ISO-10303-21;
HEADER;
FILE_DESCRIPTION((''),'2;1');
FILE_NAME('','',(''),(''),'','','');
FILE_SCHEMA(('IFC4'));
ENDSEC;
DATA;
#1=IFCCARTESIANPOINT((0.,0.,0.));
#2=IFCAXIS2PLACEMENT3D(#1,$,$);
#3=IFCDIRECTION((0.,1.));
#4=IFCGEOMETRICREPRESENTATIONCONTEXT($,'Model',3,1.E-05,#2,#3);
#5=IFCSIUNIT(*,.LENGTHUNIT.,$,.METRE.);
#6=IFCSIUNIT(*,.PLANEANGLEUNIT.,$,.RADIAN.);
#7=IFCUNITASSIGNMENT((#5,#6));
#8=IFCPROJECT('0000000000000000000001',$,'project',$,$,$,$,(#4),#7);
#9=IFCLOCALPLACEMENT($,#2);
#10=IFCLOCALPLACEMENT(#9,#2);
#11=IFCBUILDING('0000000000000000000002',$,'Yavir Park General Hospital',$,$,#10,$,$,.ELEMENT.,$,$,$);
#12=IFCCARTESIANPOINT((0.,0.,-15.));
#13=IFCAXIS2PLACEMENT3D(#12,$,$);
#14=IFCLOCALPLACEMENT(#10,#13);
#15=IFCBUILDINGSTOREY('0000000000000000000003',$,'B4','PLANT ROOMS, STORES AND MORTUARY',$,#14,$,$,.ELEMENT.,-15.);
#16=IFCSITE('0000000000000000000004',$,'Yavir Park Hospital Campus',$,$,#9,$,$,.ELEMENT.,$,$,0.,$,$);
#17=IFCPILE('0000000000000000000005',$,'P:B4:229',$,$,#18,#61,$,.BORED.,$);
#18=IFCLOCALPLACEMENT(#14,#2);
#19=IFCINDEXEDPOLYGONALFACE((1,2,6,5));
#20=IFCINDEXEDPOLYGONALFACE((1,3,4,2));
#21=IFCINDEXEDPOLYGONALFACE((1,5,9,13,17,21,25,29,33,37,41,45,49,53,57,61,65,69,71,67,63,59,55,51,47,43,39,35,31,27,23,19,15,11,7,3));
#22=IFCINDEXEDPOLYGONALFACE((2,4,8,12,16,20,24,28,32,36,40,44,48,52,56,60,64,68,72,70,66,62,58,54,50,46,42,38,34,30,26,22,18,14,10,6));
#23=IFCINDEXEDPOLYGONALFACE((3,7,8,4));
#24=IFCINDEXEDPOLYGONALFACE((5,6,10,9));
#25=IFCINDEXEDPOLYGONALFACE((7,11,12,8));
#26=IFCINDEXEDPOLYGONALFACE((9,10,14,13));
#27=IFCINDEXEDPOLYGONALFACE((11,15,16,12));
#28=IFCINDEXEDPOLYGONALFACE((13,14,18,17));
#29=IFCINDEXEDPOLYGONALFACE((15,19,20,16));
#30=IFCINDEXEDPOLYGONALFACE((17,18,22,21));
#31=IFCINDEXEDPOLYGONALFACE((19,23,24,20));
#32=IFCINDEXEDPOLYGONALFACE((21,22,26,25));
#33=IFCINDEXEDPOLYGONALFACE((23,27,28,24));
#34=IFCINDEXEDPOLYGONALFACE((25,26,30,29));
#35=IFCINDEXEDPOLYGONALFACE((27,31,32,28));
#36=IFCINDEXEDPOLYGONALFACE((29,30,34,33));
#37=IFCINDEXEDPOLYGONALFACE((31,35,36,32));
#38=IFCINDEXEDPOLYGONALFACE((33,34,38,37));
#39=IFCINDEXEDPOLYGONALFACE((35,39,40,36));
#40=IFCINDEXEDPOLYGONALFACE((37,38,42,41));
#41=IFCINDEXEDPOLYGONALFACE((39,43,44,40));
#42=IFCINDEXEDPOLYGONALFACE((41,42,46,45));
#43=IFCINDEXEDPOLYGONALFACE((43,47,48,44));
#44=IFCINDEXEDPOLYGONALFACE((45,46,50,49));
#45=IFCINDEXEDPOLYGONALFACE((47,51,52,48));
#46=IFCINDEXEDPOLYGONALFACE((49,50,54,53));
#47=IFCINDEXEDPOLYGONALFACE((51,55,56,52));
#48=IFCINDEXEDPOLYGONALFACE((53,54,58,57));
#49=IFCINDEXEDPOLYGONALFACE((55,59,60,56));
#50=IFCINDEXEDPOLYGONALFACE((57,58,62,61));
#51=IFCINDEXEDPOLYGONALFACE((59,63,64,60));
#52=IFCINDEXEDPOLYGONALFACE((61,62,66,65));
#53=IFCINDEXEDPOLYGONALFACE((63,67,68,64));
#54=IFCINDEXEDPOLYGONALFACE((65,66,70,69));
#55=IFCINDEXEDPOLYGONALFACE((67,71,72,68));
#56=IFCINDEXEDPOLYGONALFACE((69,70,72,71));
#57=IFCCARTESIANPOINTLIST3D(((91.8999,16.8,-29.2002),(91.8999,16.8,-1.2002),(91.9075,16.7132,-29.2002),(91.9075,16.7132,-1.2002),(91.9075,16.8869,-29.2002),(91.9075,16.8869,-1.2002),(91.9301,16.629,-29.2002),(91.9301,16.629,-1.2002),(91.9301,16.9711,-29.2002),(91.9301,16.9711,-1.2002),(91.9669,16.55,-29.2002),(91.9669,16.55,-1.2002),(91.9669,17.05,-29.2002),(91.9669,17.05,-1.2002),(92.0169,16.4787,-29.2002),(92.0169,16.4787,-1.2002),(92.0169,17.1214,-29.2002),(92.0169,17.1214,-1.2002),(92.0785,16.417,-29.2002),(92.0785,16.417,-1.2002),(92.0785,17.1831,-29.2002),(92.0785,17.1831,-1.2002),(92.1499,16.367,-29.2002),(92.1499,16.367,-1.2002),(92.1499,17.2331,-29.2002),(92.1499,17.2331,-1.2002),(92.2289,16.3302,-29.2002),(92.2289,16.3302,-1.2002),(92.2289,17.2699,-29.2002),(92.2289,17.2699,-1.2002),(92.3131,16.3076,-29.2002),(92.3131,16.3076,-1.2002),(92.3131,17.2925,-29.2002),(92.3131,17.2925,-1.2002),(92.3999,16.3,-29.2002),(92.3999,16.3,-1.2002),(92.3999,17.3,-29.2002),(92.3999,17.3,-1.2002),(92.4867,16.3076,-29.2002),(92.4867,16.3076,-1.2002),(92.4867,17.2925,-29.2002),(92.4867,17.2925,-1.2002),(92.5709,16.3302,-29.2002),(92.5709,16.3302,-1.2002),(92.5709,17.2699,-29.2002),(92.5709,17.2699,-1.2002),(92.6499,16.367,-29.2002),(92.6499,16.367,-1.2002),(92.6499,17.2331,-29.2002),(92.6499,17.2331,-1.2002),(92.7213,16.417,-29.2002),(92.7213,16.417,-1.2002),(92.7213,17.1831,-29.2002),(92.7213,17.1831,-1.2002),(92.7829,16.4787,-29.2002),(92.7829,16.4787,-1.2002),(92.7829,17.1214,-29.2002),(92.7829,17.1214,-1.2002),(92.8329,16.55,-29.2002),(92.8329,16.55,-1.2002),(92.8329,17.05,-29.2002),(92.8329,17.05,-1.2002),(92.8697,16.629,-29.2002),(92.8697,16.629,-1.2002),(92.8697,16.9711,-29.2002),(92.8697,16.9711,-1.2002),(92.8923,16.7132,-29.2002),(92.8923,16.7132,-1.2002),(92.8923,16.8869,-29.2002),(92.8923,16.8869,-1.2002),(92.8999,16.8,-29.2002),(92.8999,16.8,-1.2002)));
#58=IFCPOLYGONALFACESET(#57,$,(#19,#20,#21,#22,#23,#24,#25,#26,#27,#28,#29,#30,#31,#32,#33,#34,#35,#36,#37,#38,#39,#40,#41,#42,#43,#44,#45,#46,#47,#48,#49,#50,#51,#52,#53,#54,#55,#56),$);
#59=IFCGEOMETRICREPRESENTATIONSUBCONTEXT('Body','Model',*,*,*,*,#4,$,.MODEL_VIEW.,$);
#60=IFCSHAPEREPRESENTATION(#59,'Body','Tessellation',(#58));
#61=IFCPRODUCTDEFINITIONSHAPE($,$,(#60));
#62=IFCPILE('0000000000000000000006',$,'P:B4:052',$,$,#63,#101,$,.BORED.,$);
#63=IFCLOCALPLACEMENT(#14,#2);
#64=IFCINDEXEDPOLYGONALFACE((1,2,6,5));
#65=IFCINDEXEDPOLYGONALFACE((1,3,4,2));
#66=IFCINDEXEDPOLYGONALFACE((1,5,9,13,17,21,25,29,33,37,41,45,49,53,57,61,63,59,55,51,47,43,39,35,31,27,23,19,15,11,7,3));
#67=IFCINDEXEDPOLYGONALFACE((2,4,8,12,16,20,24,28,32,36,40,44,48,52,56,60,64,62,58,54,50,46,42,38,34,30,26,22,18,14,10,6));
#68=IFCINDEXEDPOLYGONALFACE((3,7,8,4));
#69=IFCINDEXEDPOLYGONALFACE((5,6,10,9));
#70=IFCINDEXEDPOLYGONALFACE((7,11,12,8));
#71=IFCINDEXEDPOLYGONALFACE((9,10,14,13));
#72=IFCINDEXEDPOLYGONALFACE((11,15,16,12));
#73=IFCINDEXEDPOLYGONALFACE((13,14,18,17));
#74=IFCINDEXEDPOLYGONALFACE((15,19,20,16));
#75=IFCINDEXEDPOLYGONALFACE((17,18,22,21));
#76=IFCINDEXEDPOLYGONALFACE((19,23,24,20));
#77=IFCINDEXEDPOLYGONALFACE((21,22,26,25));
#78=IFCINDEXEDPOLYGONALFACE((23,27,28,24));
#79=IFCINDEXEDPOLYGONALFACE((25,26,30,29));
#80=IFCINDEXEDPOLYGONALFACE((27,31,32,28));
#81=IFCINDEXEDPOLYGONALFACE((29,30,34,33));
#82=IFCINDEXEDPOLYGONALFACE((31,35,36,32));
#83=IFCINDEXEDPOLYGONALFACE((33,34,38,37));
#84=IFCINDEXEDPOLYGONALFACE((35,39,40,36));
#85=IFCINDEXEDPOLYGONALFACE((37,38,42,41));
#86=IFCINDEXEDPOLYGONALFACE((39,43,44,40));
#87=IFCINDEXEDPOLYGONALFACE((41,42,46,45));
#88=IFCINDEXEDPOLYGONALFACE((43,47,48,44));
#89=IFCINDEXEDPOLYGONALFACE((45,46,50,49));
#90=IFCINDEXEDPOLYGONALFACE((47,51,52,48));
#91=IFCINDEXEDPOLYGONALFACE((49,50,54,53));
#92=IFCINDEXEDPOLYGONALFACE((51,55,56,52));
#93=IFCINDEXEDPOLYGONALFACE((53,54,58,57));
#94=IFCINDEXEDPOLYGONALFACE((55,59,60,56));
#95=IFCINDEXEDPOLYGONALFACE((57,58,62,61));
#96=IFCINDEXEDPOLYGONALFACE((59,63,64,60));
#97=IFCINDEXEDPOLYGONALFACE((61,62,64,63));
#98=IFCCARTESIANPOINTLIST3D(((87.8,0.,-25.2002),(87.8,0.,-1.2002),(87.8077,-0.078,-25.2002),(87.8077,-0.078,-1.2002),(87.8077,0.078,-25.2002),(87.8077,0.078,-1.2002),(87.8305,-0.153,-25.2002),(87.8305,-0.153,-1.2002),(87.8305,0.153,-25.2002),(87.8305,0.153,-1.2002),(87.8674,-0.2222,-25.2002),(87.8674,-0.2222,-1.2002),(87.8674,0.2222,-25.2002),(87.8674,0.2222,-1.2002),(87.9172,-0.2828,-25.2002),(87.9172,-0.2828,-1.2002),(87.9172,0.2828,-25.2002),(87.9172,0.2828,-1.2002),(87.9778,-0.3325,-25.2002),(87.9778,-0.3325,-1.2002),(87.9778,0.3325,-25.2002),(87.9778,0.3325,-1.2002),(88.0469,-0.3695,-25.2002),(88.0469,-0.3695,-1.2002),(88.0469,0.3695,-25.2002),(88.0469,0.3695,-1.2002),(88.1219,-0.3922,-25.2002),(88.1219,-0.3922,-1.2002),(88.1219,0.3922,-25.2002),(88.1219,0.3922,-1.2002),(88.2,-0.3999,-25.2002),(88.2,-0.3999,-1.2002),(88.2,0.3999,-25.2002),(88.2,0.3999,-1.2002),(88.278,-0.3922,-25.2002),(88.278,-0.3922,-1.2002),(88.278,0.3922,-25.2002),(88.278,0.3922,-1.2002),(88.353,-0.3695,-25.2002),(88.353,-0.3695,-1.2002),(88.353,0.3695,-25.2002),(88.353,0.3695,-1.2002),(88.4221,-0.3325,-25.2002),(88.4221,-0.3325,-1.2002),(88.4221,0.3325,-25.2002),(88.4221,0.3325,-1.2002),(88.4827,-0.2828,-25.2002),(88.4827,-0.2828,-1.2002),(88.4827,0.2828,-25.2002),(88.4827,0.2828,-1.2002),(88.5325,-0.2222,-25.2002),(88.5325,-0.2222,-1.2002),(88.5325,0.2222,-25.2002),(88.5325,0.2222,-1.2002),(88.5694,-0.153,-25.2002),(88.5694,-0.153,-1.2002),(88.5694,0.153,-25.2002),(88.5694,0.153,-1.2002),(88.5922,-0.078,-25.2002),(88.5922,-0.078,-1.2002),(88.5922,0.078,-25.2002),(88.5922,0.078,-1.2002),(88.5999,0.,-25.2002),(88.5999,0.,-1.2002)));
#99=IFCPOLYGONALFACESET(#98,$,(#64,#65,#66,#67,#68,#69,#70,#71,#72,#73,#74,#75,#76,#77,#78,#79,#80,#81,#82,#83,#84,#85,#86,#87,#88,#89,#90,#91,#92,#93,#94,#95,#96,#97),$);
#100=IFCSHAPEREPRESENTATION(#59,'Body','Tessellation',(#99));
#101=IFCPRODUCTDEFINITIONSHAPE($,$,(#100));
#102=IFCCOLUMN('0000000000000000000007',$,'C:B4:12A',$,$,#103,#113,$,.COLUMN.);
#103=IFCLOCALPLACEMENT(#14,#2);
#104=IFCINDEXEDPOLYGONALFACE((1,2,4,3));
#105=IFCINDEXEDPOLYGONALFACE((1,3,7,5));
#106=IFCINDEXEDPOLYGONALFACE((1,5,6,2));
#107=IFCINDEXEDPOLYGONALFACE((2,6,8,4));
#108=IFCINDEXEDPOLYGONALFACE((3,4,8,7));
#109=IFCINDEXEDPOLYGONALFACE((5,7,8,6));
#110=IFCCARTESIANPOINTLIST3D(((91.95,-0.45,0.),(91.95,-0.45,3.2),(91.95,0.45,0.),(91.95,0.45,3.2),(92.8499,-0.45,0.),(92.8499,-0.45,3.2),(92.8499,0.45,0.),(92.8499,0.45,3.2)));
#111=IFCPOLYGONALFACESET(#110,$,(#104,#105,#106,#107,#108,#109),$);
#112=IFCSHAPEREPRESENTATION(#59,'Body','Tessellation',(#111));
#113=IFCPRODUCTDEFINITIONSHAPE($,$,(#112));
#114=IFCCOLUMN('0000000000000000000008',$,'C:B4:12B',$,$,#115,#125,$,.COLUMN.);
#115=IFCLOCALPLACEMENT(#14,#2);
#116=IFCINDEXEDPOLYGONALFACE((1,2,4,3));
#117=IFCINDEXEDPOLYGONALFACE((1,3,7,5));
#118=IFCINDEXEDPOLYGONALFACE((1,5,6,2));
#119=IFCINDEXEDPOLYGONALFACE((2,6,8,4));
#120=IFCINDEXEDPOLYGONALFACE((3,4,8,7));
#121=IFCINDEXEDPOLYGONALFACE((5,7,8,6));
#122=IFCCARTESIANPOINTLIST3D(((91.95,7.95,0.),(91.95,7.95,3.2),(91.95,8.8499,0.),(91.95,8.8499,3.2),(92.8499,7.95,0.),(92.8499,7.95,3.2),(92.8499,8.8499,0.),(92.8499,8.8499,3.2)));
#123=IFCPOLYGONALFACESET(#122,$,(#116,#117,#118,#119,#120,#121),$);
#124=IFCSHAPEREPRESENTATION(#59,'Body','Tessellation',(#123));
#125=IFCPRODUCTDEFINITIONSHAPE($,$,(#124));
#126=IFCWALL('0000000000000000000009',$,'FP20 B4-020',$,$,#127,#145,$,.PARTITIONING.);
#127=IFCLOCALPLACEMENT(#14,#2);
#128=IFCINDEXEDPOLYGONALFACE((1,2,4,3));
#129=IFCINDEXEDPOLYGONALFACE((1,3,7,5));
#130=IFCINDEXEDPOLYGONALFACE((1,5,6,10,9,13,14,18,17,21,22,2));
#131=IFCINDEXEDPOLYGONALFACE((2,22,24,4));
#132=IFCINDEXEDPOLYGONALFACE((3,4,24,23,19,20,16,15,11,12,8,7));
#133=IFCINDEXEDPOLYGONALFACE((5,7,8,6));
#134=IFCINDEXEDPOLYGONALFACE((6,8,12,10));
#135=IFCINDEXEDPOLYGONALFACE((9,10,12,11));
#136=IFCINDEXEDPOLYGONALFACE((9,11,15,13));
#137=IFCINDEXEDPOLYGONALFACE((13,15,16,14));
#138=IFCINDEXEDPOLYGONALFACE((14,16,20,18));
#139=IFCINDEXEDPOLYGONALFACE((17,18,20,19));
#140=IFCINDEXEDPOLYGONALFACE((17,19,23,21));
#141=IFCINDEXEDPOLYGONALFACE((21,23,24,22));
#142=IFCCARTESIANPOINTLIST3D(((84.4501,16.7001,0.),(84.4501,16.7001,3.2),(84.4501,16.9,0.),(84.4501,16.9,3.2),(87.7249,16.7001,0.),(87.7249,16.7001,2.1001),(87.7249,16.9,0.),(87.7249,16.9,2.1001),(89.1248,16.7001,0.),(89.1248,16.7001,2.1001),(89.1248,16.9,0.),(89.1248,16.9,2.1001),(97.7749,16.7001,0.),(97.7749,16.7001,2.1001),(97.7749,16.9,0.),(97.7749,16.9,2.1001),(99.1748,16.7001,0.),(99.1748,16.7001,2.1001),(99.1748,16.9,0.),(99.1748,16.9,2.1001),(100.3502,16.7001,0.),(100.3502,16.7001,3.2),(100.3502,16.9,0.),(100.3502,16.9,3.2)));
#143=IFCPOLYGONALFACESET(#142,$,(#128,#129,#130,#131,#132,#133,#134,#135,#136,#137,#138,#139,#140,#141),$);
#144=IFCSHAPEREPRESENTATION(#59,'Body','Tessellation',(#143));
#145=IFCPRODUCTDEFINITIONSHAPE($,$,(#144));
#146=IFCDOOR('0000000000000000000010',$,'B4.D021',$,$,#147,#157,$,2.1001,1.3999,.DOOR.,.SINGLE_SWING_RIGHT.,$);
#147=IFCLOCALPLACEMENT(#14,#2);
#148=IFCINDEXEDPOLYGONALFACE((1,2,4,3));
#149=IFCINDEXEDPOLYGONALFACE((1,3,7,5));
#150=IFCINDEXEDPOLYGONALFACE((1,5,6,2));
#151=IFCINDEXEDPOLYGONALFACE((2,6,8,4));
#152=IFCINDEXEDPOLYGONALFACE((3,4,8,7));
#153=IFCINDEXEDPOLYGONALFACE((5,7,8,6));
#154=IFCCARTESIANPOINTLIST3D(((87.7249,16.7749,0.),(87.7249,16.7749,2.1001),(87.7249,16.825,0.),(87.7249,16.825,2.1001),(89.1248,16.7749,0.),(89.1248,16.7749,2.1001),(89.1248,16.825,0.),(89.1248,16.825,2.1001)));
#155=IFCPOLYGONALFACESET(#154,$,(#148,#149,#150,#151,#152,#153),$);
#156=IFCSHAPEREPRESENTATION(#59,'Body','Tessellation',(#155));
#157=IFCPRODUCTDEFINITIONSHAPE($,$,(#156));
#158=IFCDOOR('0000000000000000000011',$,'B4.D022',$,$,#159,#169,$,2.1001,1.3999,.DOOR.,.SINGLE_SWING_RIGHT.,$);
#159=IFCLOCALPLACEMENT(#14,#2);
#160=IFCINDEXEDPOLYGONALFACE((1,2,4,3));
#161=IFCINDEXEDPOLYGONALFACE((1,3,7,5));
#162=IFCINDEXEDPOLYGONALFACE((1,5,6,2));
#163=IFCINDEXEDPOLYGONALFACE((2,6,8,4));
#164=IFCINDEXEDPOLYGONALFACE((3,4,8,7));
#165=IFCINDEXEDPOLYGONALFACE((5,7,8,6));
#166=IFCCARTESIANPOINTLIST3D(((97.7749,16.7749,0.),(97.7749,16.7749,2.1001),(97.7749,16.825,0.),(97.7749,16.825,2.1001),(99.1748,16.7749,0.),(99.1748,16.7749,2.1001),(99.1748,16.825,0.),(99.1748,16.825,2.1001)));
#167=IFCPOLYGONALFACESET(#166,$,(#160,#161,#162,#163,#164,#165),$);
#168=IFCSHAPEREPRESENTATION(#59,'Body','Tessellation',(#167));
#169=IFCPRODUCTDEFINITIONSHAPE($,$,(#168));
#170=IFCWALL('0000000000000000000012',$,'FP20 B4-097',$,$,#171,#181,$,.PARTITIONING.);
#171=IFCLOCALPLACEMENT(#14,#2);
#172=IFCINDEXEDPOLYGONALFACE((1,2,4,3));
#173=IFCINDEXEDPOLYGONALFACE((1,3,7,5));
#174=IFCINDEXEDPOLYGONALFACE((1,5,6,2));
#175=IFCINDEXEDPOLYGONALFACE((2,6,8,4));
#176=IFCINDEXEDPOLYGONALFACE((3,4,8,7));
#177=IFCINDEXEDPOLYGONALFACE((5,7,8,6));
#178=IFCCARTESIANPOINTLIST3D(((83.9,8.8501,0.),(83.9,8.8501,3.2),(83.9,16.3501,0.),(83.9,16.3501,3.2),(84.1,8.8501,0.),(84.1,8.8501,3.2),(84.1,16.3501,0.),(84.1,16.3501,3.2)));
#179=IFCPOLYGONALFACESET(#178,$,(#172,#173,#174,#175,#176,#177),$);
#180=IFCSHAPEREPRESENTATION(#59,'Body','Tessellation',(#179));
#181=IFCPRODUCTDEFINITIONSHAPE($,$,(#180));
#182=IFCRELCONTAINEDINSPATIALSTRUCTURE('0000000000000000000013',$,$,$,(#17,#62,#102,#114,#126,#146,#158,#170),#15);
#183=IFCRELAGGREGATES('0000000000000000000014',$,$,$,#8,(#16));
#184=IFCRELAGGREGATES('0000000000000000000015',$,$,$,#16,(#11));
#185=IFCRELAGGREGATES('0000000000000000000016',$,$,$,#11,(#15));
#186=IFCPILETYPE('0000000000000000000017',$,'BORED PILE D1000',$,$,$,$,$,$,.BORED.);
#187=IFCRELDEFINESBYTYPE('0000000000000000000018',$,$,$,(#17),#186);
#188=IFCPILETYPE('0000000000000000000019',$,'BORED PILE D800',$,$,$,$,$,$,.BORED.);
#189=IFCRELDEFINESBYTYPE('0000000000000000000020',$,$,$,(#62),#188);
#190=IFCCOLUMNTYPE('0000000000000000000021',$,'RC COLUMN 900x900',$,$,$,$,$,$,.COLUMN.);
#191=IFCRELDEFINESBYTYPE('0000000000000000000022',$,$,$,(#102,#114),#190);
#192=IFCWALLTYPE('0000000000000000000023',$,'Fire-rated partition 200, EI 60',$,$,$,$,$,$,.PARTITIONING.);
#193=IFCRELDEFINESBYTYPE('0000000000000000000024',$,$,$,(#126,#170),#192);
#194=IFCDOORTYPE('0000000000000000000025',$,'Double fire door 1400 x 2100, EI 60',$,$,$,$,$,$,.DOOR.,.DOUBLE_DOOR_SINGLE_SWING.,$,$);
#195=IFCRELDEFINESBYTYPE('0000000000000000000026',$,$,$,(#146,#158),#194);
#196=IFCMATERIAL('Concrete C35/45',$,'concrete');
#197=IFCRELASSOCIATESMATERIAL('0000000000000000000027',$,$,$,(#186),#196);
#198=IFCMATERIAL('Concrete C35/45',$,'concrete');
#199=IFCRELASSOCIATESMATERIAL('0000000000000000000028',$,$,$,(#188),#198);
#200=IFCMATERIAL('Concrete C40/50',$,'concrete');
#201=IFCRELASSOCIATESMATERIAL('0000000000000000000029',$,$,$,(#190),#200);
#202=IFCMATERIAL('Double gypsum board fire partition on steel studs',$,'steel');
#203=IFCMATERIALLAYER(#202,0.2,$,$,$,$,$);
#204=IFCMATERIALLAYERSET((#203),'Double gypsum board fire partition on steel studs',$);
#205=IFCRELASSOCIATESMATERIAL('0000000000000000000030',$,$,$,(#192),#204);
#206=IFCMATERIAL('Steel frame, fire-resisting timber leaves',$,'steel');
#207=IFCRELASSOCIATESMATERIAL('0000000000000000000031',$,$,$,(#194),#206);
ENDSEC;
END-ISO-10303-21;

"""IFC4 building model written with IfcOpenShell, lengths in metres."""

from ifc_helpers import new_model, si_unit, direction, frame, frame_2d, origin, origin_2d, place, context, subcontext, project, spatial, rectangle, circle, extrude, material, layer, layer_set, material_profile, profile_set, type_object, element, fill, save


model = new_model("IFC4")

# Units and contexts
model_context = context("Model", 3, precision=1e-05, world=origin(), true_north=direction((0.0, 1.0)))
body_context = subcontext(model_context, "Body", "Model", "MODEL_VIEW")
ifc_project = project(units=[si_unit("LENGTHUNIT", "METRE"), si_unit("PLANEANGLEUNIT", "RADIAN")], contexts=[model_context])

# Site, building, storey
site_placement = place(None, origin())
site = spatial("IfcSite", under=ifc_project, at=site_placement, Name="Yavir Park Hospital Campus", CompositionType="ELEMENT", RefElevation=0.0)
building_placement = place(site_placement, origin())
building = spatial("IfcBuilding", under=site, at=building_placement, Name="Yavir Park General Hospital", CompositionType="ELEMENT")
storey_placement = place(building_placement, frame((0.0, 0.0, -15.0)))
storey = spatial("IfcBuildingStorey", under=building, at=storey_placement, Name="B4", Description="PLANT ROOMS, STORES AND MORTUARY", CompositionType="ELEMENT", Elevation=-15.0)

# Piles
ifc_material_1 = material(Name="Concrete C35/45", Category="concrete")
ifc_material_profile_1 = material_profile(ifc_material_1, circle(Radius=0.5, at=origin_2d()), Name="D1000")
ifc_profile_set_1 = profile_set([ifc_material_profile_1], Name="Concrete C35/45")
pile_type_1 = type_object("IfcPileType", Name="BORED PILE D1000", PredefinedType="BORED", material=ifc_profile_set_1)
for number, where, z_axis, x_axis, name in (
    (1, (92.3999, 16.8, -1.2002), (0.0, 0.0, -1.0), (1.0, 0.0, 0.0), "P:B4:229"),
):
    element("IfcPile", number, at=place(storey_placement, frame(where, z_axis=z_axis, x_axis=x_axis)), inside=storey, type_object=pile_type_1, Name=name, PredefinedType="BORED", context=body_context, shape_type="SweptSolid", body=[
        extrude(circle(Radius=0.5, at=origin_2d()), origin(), (0.0, 0.0, 1.0), 28.0),
    ])
ifc_material_2 = material(Name="Concrete C35/45", Category="concrete")
ifc_material_profile_2 = material_profile(ifc_material_2, circle(Radius=0.3999, at=origin_2d()), Name="D800")
ifc_profile_set_2 = profile_set([ifc_material_profile_2], Name="Concrete C35/45")
pile_type_2 = type_object("IfcPileType", Name="BORED PILE D800", PredefinedType="BORED", material=ifc_profile_set_2)
pile_placement = place(storey_placement, frame((88.2, 0.0, -1.2002), z_axis=(0.0, 0.0, -1.0), x_axis=(1.0, 0.0, 0.0)))
element("IfcPile", 2, at=pile_placement, inside=storey, type_object=pile_type_2, Name="P:B4:052", PredefinedType="BORED", context=body_context, shape_type="SweptSolid", body=[
    extrude(circle(Radius=0.3999, at=origin_2d()), origin(), (0.0, 0.0, 1.0), 24.0),
])

# Columns
ifc_material_3 = material(Name="Concrete C40/50", Category="concrete")
ifc_material_profile_3 = material_profile(ifc_material_3, rectangle(XDim=0.8999, YDim=0.8999, at=origin_2d()), Name="RC900x900")
ifc_profile_set_3 = profile_set([ifc_material_profile_3], Name="Concrete C40/50")
column_type = type_object("IfcColumnType", Name="RC COLUMN 900x900", PredefinedType="COLUMN", material=ifc_profile_set_3)
for number, where, z_axis, x_axis, name in (
    (3, (92.3999, 0.0, 0.0), (0.0, 0.0, 1.0), (1.0, 0.0, 0.0), "C:B4:12A"),
    (4, (92.3999, 8.3999, 0.0), (0.0, 0.0, 1.0), (1.0, 0.0, 0.0), "C:B4:12B"),
):
    element("IfcColumn", number, at=place(storey_placement, frame(where, z_axis=z_axis, x_axis=x_axis)), inside=storey, type_object=column_type, Name=name, PredefinedType="COLUMN", context=body_context, shape_type="SweptSolid", body=[
        extrude(rectangle(XDim=0.8999, YDim=0.8999, at=origin_2d()), origin(), (0.0, 0.0, 1.0), 3.2),
    ])

# Wall, openings, doors
ifc_material_4 = material(Name="Double gypsum board fire partition on steel studs", Category="steel")
ifc_layer_1 = layer(ifc_material_4, 0.2)
ifc_layer_set_1 = layer_set([ifc_layer_1], Name="Double gypsum board fire partition on steel studs")
wall_type_1 = type_object("IfcWallType", Name="Fire-rated partition 200, EI 60", PredefinedType="PARTITIONING", material=ifc_layer_set_1)
wall_1_placement = place(storey_placement, frame((84.45, 16.8, 0.0), z_axis=(0.0, 0.0, 1.0), x_axis=(1.0, 0.0, 0.0)))
wall_1 = element("IfcWall", 5, at=wall_1_placement, inside=storey, type_object=wall_type_1, Name="FP20 B4-020", PredefinedType="PARTITIONING", context=body_context, shape_type="SweptSolid", body=[
    extrude(rectangle(XDim=15.9001, YDim=0.2, at=frame_2d((7.9502, 0.0))), origin(), (0.0, 0.0, 1.0), 3.2),
])
opening_1_placement = place(wall_1_placement, frame((3.2749, 0.0, 0.0)))
opening_1 = element("IfcOpeningElement", 6, at=opening_1_placement, cuts=wall_1, PredefinedType="OPENING", context=body_context, shape_type="SweptSolid", body=[
    extrude(rectangle(XDim=1.3999, YDim=2.1001, at=frame_2d((0.7, 1.05))), frame((0.0, 0.1099, 0.0), z_axis=(0.0, -1.0, 0.0), x_axis=(1.0, 0.0, 0.0)), (0.0, 0.0, 1.0), 0.22),
])
opening_2_placement = place(wall_1_placement, frame((13.325, 0.0, 0.0)))
opening_2 = element("IfcOpeningElement", 7, at=opening_2_placement, cuts=wall_1, PredefinedType="OPENING", context=body_context, shape_type="SweptSolid", body=[
    extrude(rectangle(XDim=1.3999, YDim=2.1001, at=frame_2d((0.7, 1.05))), frame((0.0, 0.1099, 0.0), z_axis=(0.0, -1.0, 0.0), x_axis=(1.0, 0.0, 0.0)), (0.0, 0.0, 1.0), 0.22),
])
ifc_material_5 = material(Name="Steel frame, fire-resisting timber leaves", Category="steel")
door_type_1 = type_object("IfcDoorType", Name="Double fire door 1400 x 2100, EI 60", OperationType="DOUBLE_DOOR_SINGLE_SWING", PredefinedType="DOOR", material=ifc_material_5)
door_1_placement = place(opening_1_placement, origin())
door_1 = element("IfcDoor", 8, at=door_1_placement, inside=storey, type_object=door_type_1, Name="B4.D021", OperationType="SINGLE_SWING_RIGHT", OverallHeight=2.1001, OverallWidth=1.3999, PredefinedType="DOOR", context=body_context, shape_type="SweptSolid", body=[
    extrude(rectangle(XDim=1.3999, YDim=2.1001, at=frame_2d((0.7, 1.05))), frame((0.0, 0.0249, 0.0), z_axis=(0.0, -1.0, 0.0), x_axis=(1.0, 0.0, 0.0)), (0.0, 0.0, 1.0), 0.05),
])
fill(opening_1, door_1)
door_2_placement = place(opening_2_placement, origin())
door_2 = element("IfcDoor", 9, at=door_2_placement, inside=storey, type_object=door_type_1, Name="B4.D022", OperationType="SINGLE_SWING_RIGHT", OverallHeight=2.1001, OverallWidth=1.3999, PredefinedType="DOOR", context=body_context, shape_type="SweptSolid", body=[
    extrude(rectangle(XDim=1.3999, YDim=2.1001, at=frame_2d((0.7, 1.05))), frame((0.0, 0.0249, 0.0), z_axis=(0.0, -1.0, 0.0), x_axis=(1.0, 0.0, 0.0)), (0.0, 0.0, 1.0), 0.05),
])
fill(opening_2, door_2)

# Wall
for number, where, z_axis, x_axis, name in (
    (10, (84.0, 8.8501, 0.0), (0.0, 0.0, 1.0), (0.0, 1.0, 0.0), "FP20 B4-097"),
):
    element("IfcWall", number, at=place(storey_placement, frame(where, z_axis=z_axis, x_axis=x_axis)), inside=storey, type_object=wall_type_1, Name=name, PredefinedType="PARTITIONING", context=body_context, shape_type="SweptSolid", body=[
        extrude(rectangle(XDim=7.5, YDim=0.2, at=frame_2d((3.75, 0.0))), origin(), (0.0, 0.0, 1.0), 3.2),
    ])

save(model, "model.ifc")
